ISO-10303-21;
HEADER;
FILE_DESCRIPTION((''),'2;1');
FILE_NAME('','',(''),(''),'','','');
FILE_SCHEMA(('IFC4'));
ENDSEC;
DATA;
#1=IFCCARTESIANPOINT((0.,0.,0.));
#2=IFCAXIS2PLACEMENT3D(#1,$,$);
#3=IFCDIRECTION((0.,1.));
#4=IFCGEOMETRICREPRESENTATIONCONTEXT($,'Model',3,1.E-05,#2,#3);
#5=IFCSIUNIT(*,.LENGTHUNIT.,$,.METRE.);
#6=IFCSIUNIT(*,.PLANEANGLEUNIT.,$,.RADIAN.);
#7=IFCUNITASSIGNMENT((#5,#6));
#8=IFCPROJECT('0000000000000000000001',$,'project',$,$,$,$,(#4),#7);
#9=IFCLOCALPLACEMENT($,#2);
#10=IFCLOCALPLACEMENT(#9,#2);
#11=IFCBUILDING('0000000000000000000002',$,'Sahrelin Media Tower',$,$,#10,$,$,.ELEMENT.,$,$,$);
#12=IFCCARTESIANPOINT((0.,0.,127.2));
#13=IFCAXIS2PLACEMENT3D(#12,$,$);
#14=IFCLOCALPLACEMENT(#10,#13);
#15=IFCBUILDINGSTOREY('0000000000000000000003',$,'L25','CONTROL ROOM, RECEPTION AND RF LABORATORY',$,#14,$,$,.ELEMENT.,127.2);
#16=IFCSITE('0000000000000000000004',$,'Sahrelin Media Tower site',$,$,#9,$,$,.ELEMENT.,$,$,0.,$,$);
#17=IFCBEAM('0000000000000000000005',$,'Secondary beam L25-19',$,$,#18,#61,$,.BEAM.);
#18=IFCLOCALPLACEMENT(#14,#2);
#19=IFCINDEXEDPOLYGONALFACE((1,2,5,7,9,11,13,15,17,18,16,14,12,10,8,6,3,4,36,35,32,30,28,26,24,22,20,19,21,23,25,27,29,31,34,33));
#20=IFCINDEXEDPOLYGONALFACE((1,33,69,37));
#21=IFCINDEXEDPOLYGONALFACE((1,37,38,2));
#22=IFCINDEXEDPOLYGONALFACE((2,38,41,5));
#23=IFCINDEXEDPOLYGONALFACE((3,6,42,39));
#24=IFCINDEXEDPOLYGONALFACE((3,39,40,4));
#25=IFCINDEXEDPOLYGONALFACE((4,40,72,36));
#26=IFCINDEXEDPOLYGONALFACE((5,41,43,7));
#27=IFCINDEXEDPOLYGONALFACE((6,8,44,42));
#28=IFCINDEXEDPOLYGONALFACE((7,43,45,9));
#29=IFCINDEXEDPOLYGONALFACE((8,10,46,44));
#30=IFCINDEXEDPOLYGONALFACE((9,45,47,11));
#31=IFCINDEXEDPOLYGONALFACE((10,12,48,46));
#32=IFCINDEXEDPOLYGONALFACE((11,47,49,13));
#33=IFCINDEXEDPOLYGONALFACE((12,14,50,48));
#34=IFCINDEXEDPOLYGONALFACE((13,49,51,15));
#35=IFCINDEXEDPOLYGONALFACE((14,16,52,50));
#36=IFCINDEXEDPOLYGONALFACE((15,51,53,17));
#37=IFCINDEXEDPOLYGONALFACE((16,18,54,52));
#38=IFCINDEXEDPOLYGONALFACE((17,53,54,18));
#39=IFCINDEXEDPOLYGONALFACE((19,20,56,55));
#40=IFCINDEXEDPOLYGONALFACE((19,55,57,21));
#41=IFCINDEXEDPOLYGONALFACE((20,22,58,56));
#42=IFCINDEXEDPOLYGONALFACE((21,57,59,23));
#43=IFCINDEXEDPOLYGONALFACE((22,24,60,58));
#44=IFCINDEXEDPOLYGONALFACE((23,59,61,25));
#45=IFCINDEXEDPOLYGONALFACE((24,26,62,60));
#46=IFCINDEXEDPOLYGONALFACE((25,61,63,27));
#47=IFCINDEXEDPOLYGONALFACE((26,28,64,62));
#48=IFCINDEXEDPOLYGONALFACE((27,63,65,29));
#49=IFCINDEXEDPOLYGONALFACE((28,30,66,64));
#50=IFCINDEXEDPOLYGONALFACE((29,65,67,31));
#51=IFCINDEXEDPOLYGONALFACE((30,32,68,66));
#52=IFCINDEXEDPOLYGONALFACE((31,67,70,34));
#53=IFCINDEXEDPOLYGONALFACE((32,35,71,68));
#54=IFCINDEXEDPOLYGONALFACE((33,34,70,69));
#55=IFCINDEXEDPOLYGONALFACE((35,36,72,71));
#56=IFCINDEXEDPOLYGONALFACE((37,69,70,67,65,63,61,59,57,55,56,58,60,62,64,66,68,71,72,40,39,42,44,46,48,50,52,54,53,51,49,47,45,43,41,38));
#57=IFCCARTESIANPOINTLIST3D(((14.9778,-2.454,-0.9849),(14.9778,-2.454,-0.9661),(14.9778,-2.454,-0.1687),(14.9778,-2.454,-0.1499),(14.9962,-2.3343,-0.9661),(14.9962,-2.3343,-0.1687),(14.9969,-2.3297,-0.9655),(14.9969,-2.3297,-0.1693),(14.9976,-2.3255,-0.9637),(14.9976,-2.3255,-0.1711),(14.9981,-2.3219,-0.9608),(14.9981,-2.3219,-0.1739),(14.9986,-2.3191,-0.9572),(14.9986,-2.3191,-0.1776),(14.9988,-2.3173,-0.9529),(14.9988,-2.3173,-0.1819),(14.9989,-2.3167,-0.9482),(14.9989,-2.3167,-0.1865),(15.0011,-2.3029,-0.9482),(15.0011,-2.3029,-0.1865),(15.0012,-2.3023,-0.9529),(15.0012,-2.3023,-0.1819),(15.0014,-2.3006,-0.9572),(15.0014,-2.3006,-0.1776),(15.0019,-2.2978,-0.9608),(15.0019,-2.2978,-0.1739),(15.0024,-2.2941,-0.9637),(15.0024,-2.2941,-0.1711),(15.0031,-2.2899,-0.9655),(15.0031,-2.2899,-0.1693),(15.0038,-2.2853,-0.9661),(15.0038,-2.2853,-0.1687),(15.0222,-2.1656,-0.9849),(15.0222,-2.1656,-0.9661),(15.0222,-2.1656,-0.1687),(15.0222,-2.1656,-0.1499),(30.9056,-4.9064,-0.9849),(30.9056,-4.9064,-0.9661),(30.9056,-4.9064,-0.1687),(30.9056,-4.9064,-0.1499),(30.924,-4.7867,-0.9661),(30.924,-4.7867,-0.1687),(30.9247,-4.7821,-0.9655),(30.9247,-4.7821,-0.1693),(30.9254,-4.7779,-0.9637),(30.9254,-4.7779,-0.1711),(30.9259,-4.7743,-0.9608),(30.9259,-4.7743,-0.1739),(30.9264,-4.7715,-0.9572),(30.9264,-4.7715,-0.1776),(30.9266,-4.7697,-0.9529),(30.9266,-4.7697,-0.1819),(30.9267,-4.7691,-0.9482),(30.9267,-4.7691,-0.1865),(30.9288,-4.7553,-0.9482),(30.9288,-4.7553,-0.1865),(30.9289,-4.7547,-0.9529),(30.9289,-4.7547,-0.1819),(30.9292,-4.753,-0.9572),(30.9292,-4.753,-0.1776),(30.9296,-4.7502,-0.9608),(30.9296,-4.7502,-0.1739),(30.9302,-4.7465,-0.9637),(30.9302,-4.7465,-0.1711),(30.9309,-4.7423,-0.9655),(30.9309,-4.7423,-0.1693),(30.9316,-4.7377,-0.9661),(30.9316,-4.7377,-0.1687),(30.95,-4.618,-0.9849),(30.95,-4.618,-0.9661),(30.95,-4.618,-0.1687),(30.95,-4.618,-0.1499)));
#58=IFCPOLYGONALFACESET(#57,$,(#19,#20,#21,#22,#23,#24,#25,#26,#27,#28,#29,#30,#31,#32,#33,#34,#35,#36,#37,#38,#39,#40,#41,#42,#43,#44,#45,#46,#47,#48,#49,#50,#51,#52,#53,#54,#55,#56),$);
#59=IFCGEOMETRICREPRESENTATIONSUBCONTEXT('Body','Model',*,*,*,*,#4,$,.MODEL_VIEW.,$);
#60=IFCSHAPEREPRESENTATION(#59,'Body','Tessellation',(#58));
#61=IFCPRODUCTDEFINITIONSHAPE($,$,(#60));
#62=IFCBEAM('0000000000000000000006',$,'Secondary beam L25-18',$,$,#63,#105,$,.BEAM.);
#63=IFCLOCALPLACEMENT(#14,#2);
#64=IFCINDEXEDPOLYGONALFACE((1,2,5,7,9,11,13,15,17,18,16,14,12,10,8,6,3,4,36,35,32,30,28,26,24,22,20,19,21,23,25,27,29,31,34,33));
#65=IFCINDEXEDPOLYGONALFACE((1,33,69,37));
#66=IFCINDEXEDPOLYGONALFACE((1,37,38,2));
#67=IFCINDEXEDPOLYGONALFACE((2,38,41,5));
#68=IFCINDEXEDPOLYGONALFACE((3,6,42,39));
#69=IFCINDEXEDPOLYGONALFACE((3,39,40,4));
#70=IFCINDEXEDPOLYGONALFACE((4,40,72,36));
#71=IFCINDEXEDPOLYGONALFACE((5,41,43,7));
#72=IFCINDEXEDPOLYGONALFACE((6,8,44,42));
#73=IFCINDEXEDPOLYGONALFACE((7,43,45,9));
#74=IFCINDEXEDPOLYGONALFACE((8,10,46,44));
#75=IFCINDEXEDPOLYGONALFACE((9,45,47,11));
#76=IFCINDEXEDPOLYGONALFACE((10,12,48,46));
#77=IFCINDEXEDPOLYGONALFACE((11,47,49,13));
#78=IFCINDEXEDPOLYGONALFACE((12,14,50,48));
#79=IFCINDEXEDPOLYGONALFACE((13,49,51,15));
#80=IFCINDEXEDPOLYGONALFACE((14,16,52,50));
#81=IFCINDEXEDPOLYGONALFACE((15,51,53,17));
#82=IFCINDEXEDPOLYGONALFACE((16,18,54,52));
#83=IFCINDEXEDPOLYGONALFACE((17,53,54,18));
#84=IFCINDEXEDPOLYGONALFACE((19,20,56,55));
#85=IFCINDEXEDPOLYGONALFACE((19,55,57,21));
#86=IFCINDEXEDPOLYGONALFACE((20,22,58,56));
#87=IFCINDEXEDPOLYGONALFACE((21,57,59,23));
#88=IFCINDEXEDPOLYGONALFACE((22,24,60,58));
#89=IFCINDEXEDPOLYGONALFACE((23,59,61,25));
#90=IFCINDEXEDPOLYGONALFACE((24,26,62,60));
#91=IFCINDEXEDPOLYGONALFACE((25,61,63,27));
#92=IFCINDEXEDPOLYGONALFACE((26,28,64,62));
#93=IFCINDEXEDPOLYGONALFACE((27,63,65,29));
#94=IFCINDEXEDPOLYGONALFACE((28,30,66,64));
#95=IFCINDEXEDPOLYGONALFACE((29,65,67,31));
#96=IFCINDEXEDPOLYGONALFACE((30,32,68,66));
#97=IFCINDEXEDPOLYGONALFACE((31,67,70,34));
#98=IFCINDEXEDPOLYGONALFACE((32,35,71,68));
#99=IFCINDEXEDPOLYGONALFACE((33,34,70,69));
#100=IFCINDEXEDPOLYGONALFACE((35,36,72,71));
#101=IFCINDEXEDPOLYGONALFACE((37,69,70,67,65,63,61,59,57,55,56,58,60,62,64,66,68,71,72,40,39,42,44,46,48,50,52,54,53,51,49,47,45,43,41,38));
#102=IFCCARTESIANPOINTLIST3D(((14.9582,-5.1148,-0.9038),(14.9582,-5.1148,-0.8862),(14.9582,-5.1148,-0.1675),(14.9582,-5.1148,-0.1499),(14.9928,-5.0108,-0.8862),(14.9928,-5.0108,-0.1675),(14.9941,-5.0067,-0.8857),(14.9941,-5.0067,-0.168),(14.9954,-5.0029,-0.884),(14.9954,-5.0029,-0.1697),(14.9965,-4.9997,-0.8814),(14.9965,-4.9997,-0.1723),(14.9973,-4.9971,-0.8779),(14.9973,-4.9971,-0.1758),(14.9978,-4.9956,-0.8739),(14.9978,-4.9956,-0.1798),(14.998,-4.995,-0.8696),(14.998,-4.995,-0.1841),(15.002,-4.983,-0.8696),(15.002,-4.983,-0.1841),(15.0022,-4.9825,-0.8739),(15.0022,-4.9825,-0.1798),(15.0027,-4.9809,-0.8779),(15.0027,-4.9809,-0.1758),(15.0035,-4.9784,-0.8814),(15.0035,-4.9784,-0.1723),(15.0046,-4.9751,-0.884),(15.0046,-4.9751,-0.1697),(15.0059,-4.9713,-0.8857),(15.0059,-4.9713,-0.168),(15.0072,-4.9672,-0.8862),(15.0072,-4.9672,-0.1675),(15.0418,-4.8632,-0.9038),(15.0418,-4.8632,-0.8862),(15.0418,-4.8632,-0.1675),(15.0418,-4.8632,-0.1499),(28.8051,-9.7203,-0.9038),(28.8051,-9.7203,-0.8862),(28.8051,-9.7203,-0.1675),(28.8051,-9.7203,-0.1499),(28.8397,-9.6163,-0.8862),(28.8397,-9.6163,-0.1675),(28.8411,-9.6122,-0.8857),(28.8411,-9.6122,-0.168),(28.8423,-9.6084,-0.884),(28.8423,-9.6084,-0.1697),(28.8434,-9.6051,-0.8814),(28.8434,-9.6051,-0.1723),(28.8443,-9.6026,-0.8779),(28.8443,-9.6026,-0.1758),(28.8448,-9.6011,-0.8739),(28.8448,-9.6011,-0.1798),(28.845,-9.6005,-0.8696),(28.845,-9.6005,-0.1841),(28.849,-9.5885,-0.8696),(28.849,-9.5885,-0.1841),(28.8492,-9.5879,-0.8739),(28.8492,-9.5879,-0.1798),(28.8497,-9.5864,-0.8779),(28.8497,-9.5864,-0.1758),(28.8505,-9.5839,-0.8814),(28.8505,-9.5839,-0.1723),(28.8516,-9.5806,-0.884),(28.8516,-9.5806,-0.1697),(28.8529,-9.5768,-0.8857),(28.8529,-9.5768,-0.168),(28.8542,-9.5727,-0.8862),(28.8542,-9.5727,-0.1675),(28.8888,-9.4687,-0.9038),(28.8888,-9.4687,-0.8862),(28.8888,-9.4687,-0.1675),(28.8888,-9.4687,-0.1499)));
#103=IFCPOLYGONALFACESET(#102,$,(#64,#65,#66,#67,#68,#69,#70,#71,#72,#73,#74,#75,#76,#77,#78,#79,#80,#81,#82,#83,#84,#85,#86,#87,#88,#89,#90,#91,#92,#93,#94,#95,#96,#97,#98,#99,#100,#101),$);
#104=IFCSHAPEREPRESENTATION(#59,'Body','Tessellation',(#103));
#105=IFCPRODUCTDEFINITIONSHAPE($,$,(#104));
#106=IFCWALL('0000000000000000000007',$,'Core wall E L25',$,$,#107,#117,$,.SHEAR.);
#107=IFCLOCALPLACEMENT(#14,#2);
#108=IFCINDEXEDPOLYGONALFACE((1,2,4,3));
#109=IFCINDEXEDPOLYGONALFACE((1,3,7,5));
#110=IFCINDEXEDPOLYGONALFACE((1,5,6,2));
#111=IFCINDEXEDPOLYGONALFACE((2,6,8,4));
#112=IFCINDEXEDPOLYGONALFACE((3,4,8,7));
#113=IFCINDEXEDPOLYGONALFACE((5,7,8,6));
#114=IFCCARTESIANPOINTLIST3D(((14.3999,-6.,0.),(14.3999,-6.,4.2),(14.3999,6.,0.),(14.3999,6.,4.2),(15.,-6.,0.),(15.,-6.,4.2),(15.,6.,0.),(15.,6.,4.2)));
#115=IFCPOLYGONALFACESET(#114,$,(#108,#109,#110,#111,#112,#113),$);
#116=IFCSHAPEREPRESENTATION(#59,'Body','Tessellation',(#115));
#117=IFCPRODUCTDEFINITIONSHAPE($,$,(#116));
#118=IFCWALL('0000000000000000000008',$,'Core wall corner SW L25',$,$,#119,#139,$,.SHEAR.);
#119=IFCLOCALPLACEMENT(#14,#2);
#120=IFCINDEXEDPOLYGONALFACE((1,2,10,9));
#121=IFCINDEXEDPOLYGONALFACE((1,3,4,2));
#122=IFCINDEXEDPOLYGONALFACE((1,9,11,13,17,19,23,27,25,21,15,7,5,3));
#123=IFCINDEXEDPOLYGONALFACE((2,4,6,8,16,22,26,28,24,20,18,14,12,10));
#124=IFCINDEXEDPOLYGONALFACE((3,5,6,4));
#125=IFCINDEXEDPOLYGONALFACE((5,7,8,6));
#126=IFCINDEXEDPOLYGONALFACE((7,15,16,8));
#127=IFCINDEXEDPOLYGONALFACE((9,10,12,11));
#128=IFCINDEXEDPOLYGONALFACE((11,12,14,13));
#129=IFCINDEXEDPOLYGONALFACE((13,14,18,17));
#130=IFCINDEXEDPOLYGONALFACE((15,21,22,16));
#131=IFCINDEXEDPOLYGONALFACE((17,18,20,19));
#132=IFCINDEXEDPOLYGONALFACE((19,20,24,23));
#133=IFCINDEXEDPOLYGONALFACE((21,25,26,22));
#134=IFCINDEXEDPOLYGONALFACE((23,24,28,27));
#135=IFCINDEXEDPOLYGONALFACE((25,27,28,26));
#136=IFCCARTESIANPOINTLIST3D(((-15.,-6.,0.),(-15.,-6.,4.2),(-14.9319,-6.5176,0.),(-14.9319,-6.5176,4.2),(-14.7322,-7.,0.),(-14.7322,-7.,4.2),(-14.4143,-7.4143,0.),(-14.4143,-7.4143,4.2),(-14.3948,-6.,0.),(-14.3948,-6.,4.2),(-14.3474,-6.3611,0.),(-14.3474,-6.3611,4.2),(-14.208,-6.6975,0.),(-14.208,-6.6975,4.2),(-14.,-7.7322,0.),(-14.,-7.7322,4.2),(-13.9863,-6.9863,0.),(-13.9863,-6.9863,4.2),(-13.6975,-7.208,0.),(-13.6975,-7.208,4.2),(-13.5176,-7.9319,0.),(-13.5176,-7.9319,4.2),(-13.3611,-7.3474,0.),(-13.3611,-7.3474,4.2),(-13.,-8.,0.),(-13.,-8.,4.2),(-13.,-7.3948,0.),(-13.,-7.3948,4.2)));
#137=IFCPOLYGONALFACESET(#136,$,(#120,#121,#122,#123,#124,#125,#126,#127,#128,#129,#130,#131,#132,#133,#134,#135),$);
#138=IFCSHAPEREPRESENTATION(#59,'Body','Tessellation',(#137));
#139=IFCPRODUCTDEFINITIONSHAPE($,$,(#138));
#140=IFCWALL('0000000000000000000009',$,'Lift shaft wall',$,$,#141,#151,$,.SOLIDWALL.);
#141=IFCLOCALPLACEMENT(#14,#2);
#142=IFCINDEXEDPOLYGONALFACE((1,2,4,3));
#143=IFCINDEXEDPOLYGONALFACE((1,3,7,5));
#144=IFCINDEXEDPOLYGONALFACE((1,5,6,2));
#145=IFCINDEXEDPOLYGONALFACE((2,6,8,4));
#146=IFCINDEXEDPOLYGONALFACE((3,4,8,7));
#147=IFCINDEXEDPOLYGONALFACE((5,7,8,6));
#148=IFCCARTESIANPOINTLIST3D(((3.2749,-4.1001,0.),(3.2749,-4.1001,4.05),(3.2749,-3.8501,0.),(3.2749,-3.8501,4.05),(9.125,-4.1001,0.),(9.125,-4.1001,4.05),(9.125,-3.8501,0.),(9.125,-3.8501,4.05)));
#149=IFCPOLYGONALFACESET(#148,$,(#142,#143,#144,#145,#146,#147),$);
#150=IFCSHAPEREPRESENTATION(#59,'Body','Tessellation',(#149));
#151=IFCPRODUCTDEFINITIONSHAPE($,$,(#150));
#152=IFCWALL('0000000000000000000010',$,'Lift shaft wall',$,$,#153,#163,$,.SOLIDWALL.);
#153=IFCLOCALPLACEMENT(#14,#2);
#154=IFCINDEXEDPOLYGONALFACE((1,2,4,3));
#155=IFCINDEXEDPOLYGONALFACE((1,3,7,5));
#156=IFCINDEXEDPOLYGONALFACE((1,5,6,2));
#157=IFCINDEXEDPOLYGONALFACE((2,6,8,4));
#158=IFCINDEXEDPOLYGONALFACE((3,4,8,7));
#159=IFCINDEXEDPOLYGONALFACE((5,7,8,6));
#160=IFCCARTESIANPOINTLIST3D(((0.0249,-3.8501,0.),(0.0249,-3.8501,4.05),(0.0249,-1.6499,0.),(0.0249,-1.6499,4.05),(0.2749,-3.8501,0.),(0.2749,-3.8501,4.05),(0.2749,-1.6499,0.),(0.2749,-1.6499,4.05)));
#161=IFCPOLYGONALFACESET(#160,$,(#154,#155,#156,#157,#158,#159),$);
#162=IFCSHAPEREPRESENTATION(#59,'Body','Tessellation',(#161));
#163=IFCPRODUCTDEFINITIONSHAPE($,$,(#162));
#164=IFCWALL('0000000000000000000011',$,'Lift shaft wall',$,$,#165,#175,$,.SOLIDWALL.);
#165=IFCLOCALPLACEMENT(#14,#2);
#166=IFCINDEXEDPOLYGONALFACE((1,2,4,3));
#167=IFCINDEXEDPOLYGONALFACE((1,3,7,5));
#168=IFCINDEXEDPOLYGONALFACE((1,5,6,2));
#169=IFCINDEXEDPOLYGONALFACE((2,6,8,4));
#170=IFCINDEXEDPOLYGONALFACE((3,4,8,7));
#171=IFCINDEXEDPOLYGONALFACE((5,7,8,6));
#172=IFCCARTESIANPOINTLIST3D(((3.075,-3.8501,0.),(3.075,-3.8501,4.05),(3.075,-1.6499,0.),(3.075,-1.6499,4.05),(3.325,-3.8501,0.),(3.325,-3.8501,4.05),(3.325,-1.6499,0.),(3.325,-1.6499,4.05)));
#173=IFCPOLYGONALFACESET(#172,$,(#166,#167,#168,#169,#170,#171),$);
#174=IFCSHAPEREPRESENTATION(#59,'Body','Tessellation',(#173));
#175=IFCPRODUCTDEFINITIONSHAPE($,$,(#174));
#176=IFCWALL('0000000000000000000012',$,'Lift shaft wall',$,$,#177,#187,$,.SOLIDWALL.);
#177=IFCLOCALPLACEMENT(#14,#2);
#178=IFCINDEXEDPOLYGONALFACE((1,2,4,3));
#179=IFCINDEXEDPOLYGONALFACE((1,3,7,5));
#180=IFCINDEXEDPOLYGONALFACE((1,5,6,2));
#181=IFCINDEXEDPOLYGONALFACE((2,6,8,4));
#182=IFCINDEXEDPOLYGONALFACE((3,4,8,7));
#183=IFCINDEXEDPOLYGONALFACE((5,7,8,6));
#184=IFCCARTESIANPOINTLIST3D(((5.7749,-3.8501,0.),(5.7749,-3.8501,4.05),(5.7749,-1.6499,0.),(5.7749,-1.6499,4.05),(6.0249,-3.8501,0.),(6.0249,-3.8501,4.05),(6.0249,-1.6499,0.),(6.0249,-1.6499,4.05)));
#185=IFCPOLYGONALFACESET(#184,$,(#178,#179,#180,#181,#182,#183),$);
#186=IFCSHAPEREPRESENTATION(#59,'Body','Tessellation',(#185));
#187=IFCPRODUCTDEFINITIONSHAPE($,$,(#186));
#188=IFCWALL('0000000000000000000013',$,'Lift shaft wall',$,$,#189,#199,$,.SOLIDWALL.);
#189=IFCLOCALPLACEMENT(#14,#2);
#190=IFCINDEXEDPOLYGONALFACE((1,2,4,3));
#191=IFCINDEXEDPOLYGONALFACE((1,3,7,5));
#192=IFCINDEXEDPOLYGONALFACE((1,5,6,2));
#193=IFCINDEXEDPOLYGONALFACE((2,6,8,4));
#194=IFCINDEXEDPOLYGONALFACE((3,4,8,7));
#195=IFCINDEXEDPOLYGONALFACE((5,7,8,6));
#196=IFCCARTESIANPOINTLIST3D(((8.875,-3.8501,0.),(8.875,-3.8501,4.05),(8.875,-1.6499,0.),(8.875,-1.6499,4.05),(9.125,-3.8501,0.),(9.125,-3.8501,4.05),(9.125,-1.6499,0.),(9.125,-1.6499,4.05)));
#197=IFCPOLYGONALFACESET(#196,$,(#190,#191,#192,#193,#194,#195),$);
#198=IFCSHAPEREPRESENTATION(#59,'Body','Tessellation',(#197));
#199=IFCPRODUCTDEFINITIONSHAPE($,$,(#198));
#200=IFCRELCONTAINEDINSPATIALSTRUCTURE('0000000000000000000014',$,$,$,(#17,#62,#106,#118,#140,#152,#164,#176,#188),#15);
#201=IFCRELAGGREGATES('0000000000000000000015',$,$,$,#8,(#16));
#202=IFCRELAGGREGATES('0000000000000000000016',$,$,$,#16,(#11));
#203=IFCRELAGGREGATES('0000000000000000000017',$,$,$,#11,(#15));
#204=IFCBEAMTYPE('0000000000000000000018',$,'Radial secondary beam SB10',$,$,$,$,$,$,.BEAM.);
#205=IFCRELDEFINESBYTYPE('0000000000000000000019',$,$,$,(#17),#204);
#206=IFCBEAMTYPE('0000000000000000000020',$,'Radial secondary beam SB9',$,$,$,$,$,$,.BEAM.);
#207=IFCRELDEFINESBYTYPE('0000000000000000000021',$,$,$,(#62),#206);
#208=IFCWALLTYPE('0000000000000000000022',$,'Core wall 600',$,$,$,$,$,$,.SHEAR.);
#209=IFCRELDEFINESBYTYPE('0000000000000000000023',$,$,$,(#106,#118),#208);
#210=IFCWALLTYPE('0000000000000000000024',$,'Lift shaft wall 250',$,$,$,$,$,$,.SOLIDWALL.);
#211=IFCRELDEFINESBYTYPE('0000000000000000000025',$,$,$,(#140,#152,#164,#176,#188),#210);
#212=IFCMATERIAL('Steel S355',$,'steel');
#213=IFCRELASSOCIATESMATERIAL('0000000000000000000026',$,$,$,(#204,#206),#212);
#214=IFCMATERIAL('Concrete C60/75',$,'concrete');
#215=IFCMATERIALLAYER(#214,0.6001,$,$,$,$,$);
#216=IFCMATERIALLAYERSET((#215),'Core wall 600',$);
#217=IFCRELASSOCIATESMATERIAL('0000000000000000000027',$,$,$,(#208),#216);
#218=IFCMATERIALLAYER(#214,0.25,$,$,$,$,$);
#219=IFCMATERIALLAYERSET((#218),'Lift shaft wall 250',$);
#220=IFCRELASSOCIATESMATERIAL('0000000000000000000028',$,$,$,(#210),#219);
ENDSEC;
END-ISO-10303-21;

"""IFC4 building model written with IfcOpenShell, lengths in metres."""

from ifc_helpers import new_model, si_unit, direction, frame, frame_2d, origin, origin_2d, place, context, subcontext, project, spatial, polyline, rectangle, i_section, outline, extrude, material, layer, layer_set, material_profile, profile_set, type_object, element, save


model = new_model("IFC4")

# Units and contexts
model_context = context("Model", 3, precision=1e-05, world=origin(), true_north=direction((0.0, 1.0)))
body_context = subcontext(model_context, "Body", "Model", "MODEL_VIEW")
ifc_project = project(units=[si_unit("LENGTHUNIT", "METRE"), si_unit("PLANEANGLEUNIT", "RADIAN")], contexts=[model_context])

# Site, building, storey
site_placement = place(None, origin())
site = spatial("IfcSite", under=ifc_project, at=site_placement, Name="Sahrelin Media Tower site", CompositionType="ELEMENT", RefElevation=0.0)
building_placement = place(site_placement, origin())
building = spatial("IfcBuilding", under=site, at=building_placement, Name="Sahrelin Media Tower", CompositionType="ELEMENT")
storey_placement = place(building_placement, frame((0.0, 0.0, 127.2)))
storey = spatial("IfcBuildingStorey", under=building, at=storey_placement, Name="L25", Description="CONTROL ROOM, RECEPTION AND RF LABORATORY", CompositionType="ELEMENT", Elevation=127.2)

# Beams
ifc_material_1 = material(Name="Steel S355", Category="steel")
ifc_material_profile_1 = material_profile(ifc_material_1, i_section(OverallWidth=0.2917, OverallDepth=0.835, WebThickness=0.0139, FlangeThickness=0.0188, FilletRadius=0.0178, at=origin_2d()), Name="UB 838x292x176")
ifc_profile_set_1 = profile_set([ifc_material_profile_1], Name="Steel S355")
beam_type_1 = type_object("IfcBeamType", Name="Radial secondary beam SB10", PredefinedType="BEAM", material=ifc_profile_set_1)
beam_1_placement = place(storey_placement, frame((15.0, -2.3098, -0.5674), z_axis=(0.988353, -0.152177, 0.0), x_axis=(0.152177, 0.988353, 0.0)))
element("IfcBeam", 1, at=beam_1_placement, inside=storey, type_object=beam_type_1, Name="Secondary beam L25-19", PredefinedType="BEAM", context=body_context, shape_type="SweptSolid", body=[
    extrude(i_section(OverallWidth=0.2917, OverallDepth=0.835, WebThickness=0.0139, FlangeThickness=0.0188, FilletRadius=0.0178, at=origin_2d()), origin(), (0.0, 0.0, 1.0), 16.1155),
])
ifc_material_profile_2 = material_profile(ifc_material_1, i_section(OverallWidth=0.2651, OverallDepth=0.7539, WebThickness=0.0127, FlangeThickness=0.0176, FilletRadius=0.0166, at=origin_2d()), Name="UB 762x267x147")
ifc_profile_set_2 = profile_set([ifc_material_profile_2], Name="Steel S355")
beam_type_2 = type_object("IfcBeamType", Name="Radial secondary beam SB9", PredefinedType="BEAM", material=ifc_profile_set_2)
beam_2_placement = place(storey_placement, frame((15.0, -4.989, -0.5269), z_axis=(0.948892, -0.3156, 0.0), x_axis=(0.3156, 0.948892, 0.0)))
element("IfcBeam", 2, at=beam_2_placement, inside=storey, type_object=beam_type_2, Name="Secondary beam L25-18", PredefinedType="BEAM", context=body_context, shape_type="SweptSolid", body=[
    extrude(i_section(OverallWidth=0.2651, OverallDepth=0.7539, WebThickness=0.0127, FlangeThickness=0.0176, FilletRadius=0.0166, at=origin_2d()), origin(), (0.0, 0.0, 1.0), 14.5928),
])

# Walls
ifc_material_2 = material(Name="Concrete C60/75", Category="concrete")
ifc_layer_1 = layer(ifc_material_2, 0.6001)
ifc_layer_set_1 = layer_set([ifc_layer_1], Name="Core wall 600")
wall_type_1 = type_object("IfcWallType", Name="Core wall 600", PredefinedType="SHEAR", material=ifc_layer_set_1)
wall_1_placement = place(storey_placement, frame((14.7, -6.0, 0.0), z_axis=(0.0, 0.0, 1.0), x_axis=(0.0, 1.0, 0.0)))
element("IfcWall", 3, at=wall_1_placement, inside=storey, type_object=wall_type_1, Name="Core wall E L25", PredefinedType="SHEAR", context=body_context, shape_type="SweptSolid", body=[
    extrude(rectangle(XDim=12.0, YDim=0.6001, at=frame_2d((6.0, 0.0))), origin(), (0.0, 0.0, 1.0), 4.2),
])
wall_2_placement = place(storey_placement, origin())
element("IfcWall", 4, at=wall_2_placement, inside=storey, type_object=wall_type_1, Name="Core wall corner SW L25", PredefinedType="SHEAR", context=body_context, shape_type="SweptSolid", body=[
    extrude(outline(polyline([(-13.0, -8.0), (-13.0, -7.3948), (-13.3611, -7.3474), (-13.6975, -7.208), (-13.9863, -6.9863), (-14.208, -6.6975), (-14.3474, -6.3611), (-14.3948, -6.0), (-15.0, -6.0), (-14.9319, -6.5176), (-14.7322, -7.0), (-14.4143, -7.4143), (-14.0, -7.7322), (-13.5176, -7.9319), (-13.0, -8.0)])), origin(), (0.0, 0.0, 1.0), 4.2),
])
ifc_layer_2 = layer(ifc_material_2, 0.25)
ifc_layer_set_2 = layer_set([ifc_layer_2], Name="Lift shaft wall 250")
wall_type_2 = type_object("IfcWallType", Name="Lift shaft wall 250", PredefinedType="SOLIDWALL", material=ifc_layer_set_2)
wall_3_placement = place(storey_placement, frame((3.2749, -3.9751, 0.0), z_axis=(0.0, 0.0, 1.0), x_axis=(1.0, 0.0, 0.0)))
element("IfcWall", 5, at=wall_3_placement, inside=storey, type_object=wall_type_2, Name="Lift shaft wall", PredefinedType="SOLIDWALL", context=body_context, shape_type="SweptSolid", body=[
    extrude(rectangle(XDim=5.8501, YDim=0.25, at=frame_2d((2.925, 0.0))), origin(), (0.0, 0.0, 1.0), 4.05),
])
for number, where, z_axis, x_axis, name in (
    (6, (0.1499, -3.8501, 0.0), (0.0, 0.0, 1.0), (0.0, 1.0, 0.0), "Lift shaft wall"),
    (7, (3.2, -3.8501, 0.0), (0.0, 0.0, 1.0), (0.0, 1.0, 0.0), "Lift shaft wall"),
    (8, (5.8999, -3.8501, 0.0), (0.0, 0.0, 1.0), (0.0, 1.0, 0.0), "Lift shaft wall"),
    (9, (9.0, -3.8501, 0.0), (0.0, 0.0, 1.0), (0.0, 1.0, 0.0), "Lift shaft wall"),
):
    element("IfcWall", number, at=place(storey_placement, frame(where, z_axis=z_axis, x_axis=x_axis)), inside=storey, type_object=wall_type_2, Name=name, PredefinedType="SOLIDWALL", context=body_context, shape_type="SweptSolid", body=[
        extrude(rectangle(XDim=2.2002, YDim=0.25, at=frame_2d((1.1001, 0.0))), origin(), (0.0, 0.0, 1.0), 4.05),
    ])

save(model, "model.ifc")
